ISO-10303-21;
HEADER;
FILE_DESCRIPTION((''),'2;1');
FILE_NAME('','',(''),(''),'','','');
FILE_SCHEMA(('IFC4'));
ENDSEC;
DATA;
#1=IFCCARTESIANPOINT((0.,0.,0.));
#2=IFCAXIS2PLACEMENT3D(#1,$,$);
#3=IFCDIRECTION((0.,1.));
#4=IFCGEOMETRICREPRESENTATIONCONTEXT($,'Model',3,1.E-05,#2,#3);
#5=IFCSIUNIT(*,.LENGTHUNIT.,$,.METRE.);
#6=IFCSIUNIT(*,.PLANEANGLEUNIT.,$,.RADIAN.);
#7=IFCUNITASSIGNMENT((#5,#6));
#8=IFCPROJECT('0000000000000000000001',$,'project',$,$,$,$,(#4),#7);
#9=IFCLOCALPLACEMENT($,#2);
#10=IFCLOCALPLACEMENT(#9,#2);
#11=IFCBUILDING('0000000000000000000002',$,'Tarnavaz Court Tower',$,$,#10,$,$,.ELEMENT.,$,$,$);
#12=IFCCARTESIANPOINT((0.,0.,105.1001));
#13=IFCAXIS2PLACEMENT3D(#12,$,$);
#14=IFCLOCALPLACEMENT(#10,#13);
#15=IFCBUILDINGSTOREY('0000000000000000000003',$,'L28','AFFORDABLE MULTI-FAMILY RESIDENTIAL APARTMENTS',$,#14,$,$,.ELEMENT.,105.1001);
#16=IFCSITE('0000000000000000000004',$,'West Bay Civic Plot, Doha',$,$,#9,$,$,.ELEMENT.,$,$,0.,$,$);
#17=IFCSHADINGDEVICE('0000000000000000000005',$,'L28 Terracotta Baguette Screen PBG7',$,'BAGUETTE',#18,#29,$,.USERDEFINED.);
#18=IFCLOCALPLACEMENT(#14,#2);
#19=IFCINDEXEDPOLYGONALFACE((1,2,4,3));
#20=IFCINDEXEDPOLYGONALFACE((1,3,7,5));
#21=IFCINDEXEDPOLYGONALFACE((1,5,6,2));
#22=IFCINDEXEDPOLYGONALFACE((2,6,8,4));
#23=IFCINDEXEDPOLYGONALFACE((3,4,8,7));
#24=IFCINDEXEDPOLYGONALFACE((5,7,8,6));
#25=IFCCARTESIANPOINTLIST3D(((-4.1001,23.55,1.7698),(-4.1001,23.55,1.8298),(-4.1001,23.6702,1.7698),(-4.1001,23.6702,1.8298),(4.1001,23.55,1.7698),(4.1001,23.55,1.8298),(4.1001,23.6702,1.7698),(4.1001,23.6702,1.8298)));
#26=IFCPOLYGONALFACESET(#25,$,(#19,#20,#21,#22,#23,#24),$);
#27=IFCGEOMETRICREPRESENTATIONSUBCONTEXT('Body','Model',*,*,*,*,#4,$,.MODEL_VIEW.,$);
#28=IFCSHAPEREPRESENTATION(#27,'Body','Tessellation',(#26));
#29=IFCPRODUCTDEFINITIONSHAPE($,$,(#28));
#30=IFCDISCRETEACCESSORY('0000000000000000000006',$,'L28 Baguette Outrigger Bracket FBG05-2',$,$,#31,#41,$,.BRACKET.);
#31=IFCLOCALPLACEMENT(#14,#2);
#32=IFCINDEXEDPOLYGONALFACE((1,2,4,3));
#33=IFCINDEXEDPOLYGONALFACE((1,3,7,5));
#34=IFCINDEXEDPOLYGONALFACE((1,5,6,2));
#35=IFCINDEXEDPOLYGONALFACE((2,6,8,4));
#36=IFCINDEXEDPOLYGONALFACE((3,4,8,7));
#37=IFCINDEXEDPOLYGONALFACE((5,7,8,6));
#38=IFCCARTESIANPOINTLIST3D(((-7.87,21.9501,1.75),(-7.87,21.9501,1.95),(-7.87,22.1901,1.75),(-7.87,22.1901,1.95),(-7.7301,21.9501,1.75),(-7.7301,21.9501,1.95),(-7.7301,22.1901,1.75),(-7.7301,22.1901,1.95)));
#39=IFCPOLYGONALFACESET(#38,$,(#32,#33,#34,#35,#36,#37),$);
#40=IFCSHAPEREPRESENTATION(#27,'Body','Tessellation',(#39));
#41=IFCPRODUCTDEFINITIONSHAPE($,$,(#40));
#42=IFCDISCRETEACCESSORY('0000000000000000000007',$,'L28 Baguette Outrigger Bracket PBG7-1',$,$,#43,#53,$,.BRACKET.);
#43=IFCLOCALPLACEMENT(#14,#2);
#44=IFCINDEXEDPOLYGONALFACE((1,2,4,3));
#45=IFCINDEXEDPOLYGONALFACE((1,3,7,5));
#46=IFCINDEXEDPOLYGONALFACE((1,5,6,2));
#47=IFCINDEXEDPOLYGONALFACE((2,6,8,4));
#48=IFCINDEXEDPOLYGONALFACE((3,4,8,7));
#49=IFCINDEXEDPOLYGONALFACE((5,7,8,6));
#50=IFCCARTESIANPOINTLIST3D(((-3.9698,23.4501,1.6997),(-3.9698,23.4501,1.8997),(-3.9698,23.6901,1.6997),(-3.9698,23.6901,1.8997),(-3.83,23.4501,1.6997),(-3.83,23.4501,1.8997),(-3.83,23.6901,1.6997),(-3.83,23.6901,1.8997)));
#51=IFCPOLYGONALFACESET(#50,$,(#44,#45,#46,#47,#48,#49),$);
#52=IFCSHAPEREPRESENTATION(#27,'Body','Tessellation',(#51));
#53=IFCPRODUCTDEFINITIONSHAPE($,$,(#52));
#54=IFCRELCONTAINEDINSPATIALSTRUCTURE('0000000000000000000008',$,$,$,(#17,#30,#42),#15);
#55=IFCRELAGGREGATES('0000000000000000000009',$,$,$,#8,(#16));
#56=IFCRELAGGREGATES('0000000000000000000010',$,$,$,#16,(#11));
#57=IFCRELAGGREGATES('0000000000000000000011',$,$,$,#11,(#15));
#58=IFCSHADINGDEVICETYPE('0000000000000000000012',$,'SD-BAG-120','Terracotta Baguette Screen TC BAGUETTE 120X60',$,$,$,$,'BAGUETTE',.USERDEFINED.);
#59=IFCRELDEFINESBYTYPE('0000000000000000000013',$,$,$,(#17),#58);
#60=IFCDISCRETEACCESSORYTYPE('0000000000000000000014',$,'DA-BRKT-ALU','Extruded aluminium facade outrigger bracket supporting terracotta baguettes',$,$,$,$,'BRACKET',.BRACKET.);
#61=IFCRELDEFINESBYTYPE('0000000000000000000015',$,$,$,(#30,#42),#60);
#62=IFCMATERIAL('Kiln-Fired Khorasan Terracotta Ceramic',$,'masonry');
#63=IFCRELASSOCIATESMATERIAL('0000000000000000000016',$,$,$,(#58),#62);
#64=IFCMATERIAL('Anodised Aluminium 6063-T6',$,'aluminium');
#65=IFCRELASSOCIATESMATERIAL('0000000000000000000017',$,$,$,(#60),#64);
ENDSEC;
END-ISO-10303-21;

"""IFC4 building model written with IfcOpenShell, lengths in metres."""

from ifc_helpers import new_model, si_unit, direction, frame, origin, origin_2d, place, context, subcontext, project, spatial, rectangle, extrude, material, material_profile, profile_set, type_object, element, save


model = new_model("IFC4")

# Units and contexts
model_context = context("Model", 3, precision=1e-05, world=origin(), true_north=direction((0.0, 1.0)))
body_context = subcontext(model_context, "Body", "Model", "MODEL_VIEW")
ifc_project = project(units=[si_unit("LENGTHUNIT", "METRE"), si_unit("PLANEANGLEUNIT", "RADIAN")], contexts=[model_context])

# Site, building, storey
site_placement = place(None, origin())
site = spatial("IfcSite", under=ifc_project, at=site_placement, Name="West Bay Civic Plot, Doha", CompositionType="ELEMENT", RefElevation=0.0)
building_placement = place(site_placement, origin())
building = spatial("IfcBuilding", under=site, at=building_placement, Name="Tarnavaz Court Tower", CompositionType="ELEMENT")
storey_placement = place(building_placement, frame((0.0, 0.0, 105.1001)))
storey = spatial("IfcBuildingStorey", under=building, at=storey_placement, Name="L28", Description="AFFORDABLE MULTI-FAMILY RESIDENTIAL APARTMENTS", CompositionType="ELEMENT", Elevation=105.1001)

# Shared definitions
ifc_material_1 = material(Name="Anodised Aluminium 6063-T6", Category="aluminium")

# Shading device
ifc_material_2 = material(Name="Kiln-Fired Khorasan Terracotta Ceramic", Category="masonry")
ifc_material_profile_1 = material_profile(ifc_material_2, rectangle(XDim=0.1201, YDim=0.0601, at=origin_2d()), Name="TC BAGUETTE 120X60")
ifc_profile_set_1 = profile_set([ifc_material_profile_1], Name="Kiln-Fired Khorasan Terracotta Ceramic")
shading_device_type = type_object("IfcShadingDeviceType", Name="SD-BAG-120", Description="Terracotta Baguette Screen TC BAGUETTE 120X60", ElementType="BAGUETTE", PredefinedType="USERDEFINED", material=ifc_profile_set_1)
shading_device_placement = place(storey_placement, frame((-4.1001, 23.6101, 1.7998), z_axis=(1.0, 0.0, 0.0), x_axis=(0.0, 1.0, 0.0)))
element("IfcShadingDevice", 1, at=shading_device_placement, inside=storey, type_object=shading_device_type, Name="L28 Terracotta Baguette Screen PBG7", ObjectType="BAGUETTE", PredefinedType="USERDEFINED", context=body_context, shape_type="SweptSolid", body=[
    extrude(rectangle(XDim=0.1201, YDim=0.0601, at=origin_2d()), origin(), (0.0, 0.0, 1.0), 8.2002),
])

# Discrete accessories
discrete_accessory_type = type_object("IfcDiscreteAccessoryType", Name="DA-BRKT-ALU", Description="Extruded aluminium facade outrigger bracket supporting terracotta baguettes", ElementType="BRACKET", PredefinedType="BRACKET", material=ifc_material_1)
for number, where, z_axis, x_axis, name in (
    (2, (-7.8, 22.0701, 1.75), (0.0, 0.0, 1.0), (1.0, 0.0, 0.0), "L28 Baguette Outrigger Bracket FBG05-2"),
    (3, (-3.8999, 23.5701, 1.6997), (0.0, 0.0, 1.0), (1.0, 0.0, 0.0), "L28 Baguette Outrigger Bracket PBG7-1"),
):
    element("IfcDiscreteAccessory", number, at=place(storey_placement, frame(where, z_axis=z_axis, x_axis=x_axis)), inside=storey, type_object=discrete_accessory_type, Name=name, PredefinedType="BRACKET", context=body_context, shape_type="SweptSolid", body=[
        extrude(rectangle(XDim=0.1399, YDim=0.24, at=origin_2d()), origin(), (0.0, 0.0, 1.0), 0.2),
    ])

save(model, "model.ifc")
